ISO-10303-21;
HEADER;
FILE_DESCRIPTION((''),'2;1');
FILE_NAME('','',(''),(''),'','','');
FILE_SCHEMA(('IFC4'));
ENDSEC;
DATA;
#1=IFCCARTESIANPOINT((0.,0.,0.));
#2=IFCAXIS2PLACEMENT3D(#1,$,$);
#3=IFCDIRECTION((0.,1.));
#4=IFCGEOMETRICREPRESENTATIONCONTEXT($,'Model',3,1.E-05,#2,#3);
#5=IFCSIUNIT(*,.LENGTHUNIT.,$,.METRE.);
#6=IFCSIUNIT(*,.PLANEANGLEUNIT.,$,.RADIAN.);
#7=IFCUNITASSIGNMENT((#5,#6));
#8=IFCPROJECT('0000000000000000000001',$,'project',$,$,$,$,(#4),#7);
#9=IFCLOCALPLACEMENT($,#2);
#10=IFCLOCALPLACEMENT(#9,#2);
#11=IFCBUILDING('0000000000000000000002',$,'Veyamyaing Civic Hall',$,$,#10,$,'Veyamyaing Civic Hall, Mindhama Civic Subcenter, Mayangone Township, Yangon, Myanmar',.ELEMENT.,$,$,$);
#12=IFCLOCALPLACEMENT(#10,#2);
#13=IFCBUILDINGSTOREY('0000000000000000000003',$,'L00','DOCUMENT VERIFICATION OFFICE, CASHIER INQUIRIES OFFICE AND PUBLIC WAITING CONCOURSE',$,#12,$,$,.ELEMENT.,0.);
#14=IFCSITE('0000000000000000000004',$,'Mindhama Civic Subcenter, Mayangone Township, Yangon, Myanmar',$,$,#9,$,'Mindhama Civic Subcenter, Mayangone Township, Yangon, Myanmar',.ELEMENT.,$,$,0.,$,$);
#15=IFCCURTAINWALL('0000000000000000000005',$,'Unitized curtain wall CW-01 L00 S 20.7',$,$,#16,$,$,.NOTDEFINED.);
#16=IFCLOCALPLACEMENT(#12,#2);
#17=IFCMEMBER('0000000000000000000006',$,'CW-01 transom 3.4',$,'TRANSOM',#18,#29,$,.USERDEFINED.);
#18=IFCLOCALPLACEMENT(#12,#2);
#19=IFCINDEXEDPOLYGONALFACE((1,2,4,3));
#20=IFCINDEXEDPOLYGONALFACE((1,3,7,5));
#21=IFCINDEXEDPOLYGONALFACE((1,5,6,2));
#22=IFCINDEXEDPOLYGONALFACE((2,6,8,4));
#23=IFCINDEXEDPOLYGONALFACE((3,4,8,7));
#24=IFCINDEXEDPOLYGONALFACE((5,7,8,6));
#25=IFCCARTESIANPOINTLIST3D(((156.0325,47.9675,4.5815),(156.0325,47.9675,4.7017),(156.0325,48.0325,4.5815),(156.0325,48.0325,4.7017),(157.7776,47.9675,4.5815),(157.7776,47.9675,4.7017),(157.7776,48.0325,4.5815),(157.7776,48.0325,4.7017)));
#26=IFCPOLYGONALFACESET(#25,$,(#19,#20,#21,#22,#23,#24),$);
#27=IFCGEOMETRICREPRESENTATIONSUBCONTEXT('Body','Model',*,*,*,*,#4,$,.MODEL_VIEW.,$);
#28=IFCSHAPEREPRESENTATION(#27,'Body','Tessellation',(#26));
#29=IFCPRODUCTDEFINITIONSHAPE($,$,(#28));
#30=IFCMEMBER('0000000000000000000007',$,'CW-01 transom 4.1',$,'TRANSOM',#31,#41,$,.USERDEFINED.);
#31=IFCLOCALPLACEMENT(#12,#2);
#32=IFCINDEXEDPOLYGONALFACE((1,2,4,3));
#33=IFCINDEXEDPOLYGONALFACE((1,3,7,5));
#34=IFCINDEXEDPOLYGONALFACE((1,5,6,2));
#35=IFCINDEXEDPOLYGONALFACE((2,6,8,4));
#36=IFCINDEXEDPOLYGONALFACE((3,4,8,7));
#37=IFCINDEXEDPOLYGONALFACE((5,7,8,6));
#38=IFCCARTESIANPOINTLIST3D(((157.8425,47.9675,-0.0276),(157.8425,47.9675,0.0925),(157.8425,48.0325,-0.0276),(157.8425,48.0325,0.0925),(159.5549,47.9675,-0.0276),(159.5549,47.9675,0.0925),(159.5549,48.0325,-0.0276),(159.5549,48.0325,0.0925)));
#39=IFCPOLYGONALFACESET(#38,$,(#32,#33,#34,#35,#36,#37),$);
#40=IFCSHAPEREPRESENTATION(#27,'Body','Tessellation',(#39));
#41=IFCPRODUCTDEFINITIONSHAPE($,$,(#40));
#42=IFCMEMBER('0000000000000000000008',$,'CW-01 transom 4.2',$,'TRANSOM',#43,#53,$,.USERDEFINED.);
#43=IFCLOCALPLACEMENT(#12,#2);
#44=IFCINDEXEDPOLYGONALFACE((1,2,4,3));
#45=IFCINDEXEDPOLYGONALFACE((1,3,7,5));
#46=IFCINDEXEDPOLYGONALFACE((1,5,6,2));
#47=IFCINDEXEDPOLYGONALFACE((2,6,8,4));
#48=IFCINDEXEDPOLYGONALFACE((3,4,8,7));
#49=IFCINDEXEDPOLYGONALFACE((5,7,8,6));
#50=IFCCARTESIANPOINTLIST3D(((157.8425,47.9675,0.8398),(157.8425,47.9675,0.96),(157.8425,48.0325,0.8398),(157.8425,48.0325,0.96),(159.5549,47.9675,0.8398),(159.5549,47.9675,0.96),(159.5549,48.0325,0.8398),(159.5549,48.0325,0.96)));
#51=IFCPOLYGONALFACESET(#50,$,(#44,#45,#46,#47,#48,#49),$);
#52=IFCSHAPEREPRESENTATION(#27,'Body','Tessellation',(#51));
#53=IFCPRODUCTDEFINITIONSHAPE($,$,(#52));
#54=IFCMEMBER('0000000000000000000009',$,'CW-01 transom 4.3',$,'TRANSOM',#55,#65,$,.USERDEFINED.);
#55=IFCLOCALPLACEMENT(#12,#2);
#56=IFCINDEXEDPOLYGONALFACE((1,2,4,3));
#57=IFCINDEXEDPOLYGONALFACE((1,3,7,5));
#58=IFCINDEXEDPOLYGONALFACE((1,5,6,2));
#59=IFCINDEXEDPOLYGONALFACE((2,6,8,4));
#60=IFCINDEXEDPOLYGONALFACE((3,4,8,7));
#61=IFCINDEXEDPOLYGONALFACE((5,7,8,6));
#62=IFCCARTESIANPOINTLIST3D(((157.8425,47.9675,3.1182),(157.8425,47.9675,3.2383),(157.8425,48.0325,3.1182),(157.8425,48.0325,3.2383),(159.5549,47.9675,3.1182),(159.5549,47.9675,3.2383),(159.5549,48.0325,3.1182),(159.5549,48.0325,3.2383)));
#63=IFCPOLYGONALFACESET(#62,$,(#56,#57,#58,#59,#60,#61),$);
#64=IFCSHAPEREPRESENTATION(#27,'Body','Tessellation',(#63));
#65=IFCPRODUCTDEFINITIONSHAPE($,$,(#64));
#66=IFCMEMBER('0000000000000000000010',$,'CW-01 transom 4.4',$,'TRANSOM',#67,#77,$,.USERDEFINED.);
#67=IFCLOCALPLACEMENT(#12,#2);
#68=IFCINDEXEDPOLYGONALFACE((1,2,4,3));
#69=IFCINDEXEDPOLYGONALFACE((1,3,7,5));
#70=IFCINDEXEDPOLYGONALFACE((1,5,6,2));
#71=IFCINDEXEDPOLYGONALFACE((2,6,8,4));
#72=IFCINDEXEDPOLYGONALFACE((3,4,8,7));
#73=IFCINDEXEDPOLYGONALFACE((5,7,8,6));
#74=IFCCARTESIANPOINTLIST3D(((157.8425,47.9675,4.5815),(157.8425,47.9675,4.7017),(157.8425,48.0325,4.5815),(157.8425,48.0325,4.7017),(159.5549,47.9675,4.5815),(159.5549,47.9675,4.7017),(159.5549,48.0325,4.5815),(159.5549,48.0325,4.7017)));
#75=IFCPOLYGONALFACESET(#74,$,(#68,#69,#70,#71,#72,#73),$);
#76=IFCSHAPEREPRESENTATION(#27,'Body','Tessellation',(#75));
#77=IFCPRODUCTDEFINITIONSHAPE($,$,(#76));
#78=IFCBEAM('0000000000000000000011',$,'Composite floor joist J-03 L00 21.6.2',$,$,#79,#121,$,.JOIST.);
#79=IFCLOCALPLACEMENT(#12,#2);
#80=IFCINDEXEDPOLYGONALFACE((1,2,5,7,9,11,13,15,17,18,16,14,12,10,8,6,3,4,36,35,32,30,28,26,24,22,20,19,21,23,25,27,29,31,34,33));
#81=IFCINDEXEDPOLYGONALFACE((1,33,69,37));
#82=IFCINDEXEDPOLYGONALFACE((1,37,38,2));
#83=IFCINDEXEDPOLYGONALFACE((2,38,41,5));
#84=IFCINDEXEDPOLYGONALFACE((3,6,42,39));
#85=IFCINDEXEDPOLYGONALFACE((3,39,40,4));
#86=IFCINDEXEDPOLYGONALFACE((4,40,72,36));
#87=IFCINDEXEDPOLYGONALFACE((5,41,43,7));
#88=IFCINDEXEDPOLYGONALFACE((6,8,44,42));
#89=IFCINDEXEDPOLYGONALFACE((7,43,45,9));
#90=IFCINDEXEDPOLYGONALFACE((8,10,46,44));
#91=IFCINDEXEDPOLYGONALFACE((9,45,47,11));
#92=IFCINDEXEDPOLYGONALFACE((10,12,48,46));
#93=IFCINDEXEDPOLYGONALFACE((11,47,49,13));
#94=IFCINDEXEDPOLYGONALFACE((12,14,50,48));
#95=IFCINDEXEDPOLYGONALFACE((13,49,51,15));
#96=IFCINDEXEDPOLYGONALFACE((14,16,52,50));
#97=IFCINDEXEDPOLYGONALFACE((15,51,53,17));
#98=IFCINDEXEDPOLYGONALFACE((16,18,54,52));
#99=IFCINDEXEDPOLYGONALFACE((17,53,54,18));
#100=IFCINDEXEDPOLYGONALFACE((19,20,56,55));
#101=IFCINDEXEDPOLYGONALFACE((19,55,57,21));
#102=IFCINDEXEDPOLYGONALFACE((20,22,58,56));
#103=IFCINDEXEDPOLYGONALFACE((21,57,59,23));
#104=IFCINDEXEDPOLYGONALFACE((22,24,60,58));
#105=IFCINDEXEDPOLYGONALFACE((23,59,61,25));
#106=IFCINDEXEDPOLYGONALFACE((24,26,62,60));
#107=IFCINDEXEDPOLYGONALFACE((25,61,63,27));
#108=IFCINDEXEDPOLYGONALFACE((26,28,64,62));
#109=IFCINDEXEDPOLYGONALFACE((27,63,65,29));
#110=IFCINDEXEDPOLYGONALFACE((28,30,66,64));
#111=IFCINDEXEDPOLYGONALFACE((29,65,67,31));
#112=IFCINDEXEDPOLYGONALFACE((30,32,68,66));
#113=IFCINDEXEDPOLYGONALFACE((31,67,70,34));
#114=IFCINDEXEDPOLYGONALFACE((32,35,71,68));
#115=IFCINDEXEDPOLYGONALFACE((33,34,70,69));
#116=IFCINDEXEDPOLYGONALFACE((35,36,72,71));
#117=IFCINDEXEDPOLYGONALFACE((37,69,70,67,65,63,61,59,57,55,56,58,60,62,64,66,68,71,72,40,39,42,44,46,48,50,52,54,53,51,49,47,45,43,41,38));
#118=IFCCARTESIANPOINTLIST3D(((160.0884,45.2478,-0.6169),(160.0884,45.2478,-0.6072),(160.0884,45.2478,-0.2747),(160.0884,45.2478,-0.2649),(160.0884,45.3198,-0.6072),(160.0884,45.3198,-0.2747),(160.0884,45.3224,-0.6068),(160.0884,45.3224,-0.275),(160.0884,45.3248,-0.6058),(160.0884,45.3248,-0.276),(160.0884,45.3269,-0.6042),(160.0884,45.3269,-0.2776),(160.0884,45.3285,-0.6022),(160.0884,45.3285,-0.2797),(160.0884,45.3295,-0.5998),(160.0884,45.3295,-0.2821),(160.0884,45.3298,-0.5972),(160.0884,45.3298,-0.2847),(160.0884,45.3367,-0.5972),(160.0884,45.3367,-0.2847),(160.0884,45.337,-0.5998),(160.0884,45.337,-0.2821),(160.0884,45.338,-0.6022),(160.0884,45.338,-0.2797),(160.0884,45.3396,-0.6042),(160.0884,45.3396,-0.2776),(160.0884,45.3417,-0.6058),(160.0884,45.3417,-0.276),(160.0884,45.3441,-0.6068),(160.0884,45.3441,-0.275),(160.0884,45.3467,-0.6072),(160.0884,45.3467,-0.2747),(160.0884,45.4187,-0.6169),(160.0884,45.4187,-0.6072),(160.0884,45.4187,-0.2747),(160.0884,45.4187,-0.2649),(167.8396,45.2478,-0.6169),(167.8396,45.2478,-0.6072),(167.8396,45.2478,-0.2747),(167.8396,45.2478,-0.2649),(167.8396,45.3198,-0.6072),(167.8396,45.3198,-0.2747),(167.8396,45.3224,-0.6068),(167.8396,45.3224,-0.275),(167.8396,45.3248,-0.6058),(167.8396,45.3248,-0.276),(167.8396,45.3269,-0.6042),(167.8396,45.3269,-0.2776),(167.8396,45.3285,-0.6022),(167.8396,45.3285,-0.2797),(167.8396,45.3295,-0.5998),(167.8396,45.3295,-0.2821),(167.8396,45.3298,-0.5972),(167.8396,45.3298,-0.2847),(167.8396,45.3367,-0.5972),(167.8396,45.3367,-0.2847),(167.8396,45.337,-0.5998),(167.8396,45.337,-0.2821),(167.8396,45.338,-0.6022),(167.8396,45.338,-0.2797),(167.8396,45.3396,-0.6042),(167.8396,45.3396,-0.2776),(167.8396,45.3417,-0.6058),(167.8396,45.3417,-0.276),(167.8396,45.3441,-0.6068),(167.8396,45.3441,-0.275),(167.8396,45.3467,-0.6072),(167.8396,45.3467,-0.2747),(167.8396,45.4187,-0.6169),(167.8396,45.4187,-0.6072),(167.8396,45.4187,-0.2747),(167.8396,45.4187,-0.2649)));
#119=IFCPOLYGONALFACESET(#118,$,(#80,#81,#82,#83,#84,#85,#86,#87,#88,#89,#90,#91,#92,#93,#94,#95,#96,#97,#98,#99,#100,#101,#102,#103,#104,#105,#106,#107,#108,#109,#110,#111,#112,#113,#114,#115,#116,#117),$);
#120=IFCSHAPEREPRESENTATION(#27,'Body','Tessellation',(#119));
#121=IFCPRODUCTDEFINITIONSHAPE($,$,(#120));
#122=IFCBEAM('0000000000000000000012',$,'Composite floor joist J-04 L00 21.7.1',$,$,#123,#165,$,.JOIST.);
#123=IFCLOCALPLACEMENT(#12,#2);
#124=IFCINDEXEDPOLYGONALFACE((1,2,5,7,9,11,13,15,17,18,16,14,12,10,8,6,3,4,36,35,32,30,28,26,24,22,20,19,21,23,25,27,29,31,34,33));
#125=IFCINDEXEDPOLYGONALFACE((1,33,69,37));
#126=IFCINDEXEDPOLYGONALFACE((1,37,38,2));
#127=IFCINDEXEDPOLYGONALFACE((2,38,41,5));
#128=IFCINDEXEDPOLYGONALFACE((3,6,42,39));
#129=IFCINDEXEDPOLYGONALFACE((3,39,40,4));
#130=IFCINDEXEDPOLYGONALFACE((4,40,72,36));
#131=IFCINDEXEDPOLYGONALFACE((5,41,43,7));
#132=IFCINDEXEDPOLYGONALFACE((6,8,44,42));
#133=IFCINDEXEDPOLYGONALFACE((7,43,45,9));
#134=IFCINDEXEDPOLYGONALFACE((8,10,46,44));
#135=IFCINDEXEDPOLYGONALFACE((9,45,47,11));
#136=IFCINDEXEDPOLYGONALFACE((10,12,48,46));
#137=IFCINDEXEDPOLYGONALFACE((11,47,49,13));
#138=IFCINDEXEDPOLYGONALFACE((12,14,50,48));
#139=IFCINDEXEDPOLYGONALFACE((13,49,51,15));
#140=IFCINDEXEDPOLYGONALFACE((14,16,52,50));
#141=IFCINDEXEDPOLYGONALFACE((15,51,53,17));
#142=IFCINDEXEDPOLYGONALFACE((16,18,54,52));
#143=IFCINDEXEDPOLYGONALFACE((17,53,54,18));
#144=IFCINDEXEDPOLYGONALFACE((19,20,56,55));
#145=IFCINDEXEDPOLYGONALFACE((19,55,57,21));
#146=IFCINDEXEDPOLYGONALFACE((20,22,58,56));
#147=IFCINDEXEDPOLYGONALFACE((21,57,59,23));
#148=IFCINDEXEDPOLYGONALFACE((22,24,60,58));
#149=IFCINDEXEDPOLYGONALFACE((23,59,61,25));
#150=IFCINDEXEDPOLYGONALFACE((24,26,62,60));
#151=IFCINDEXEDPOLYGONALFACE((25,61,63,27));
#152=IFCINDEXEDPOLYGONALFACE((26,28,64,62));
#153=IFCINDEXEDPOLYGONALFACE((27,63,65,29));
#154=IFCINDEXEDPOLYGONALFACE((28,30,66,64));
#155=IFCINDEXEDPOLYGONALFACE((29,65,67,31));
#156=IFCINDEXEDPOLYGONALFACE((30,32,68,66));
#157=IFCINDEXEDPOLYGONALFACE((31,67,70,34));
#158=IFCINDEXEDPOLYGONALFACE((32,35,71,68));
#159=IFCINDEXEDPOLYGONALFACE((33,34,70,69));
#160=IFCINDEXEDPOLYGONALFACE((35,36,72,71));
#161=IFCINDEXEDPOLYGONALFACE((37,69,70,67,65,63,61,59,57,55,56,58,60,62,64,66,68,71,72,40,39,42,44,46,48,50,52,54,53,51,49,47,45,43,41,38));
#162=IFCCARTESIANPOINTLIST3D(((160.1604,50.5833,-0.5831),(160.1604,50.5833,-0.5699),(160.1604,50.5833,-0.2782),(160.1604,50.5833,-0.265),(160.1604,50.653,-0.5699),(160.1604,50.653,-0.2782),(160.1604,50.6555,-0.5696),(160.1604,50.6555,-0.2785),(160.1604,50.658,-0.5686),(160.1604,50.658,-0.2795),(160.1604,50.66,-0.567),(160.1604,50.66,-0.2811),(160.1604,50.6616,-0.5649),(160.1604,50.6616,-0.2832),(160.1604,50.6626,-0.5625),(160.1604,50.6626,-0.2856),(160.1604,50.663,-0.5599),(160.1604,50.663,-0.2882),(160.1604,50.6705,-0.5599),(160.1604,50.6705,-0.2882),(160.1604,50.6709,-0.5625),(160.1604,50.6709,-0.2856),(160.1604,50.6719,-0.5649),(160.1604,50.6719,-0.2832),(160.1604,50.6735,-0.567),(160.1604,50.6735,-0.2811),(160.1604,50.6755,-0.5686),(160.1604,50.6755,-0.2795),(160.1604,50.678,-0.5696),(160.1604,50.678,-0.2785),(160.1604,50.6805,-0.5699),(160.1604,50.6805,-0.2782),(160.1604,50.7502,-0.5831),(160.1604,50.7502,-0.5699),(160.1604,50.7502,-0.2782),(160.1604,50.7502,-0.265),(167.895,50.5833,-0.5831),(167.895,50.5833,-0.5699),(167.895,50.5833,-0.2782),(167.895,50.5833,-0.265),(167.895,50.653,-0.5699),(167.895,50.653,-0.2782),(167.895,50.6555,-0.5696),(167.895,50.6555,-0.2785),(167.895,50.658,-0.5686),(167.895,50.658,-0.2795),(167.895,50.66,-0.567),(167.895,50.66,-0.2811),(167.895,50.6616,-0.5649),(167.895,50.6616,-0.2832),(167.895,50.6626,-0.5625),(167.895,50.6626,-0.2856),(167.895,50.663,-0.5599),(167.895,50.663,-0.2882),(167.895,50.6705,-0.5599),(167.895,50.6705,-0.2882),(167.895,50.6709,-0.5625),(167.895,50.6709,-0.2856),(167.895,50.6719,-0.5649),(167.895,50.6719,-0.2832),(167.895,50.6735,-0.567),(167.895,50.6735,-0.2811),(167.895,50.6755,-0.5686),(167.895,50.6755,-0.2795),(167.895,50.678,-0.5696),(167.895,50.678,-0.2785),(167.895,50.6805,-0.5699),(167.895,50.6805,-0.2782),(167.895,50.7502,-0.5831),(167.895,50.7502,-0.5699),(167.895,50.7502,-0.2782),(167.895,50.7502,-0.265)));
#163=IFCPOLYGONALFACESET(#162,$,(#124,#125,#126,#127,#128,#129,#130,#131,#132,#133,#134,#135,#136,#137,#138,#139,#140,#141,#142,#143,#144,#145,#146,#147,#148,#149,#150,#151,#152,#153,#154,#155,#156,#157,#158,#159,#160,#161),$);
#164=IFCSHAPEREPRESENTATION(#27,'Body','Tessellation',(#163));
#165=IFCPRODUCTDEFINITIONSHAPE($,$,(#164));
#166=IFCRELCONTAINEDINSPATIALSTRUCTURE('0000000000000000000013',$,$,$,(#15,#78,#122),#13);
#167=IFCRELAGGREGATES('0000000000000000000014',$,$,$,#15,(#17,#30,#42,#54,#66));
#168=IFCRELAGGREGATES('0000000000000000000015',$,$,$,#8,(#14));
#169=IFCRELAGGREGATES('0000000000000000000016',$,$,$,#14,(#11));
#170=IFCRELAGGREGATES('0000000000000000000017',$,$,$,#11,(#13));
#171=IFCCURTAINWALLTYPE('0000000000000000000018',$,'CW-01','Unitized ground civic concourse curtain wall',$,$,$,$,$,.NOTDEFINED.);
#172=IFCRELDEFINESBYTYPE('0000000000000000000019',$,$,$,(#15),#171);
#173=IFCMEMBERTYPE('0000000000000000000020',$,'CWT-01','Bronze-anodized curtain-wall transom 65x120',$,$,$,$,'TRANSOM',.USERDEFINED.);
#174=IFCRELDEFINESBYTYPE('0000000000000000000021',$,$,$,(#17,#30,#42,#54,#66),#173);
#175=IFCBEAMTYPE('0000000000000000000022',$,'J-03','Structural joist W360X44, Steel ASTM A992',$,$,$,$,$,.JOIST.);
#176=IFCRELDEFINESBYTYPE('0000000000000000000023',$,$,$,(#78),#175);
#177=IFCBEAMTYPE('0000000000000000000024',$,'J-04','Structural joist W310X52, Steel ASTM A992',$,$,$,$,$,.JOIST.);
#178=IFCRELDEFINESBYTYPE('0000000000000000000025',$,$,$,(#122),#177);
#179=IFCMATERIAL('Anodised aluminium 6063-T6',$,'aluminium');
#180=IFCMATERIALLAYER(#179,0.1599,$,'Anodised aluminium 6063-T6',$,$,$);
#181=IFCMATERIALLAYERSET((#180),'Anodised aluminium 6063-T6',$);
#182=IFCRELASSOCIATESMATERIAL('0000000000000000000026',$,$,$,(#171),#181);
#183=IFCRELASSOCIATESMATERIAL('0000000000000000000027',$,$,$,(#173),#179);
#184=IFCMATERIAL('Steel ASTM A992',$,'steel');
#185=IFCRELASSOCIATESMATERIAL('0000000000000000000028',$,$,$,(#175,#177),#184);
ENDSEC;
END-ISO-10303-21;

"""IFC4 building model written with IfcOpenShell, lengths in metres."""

from ifc_helpers import new_model, si_unit, direction, frame, origin, origin_2d, place, context, subcontext, project, spatial, rectangle, i_section, extrude, material, layer, layer_set, material_profile, profile_set, type_object, element, aggregate, save


model = new_model("IFC4")

# Units and contexts
model_context = context("Model", 3, precision=1e-05, world=origin(), true_north=direction((0.0, 1.0)))
body_context = subcontext(model_context, "Body", "Model", "MODEL_VIEW")
ifc_project = project(units=[si_unit("LENGTHUNIT", "METRE"), si_unit("PLANEANGLEUNIT", "RADIAN")], contexts=[model_context])

# Site, building, storey
site_placement = place(None, origin())
site = spatial("IfcSite", under=ifc_project, at=site_placement, Name="Mindhama Civic Subcenter, Mayangone Township, Yangon, Myanmar", LongName="Mindhama Civic Subcenter, Mayangone Township, Yangon, Myanmar", CompositionType="ELEMENT", RefElevation=0.0)
building_placement = place(site_placement, origin())
building = spatial("IfcBuilding", under=site, at=building_placement, Name="Veyamyaing Civic Hall", LongName="Veyamyaing Civic Hall, Mindhama Civic Subcenter, Mayangone Township, Yangon, Myanmar", CompositionType="ELEMENT")
storey_placement = place(building_placement, origin())
storey = spatial("IfcBuildingStorey", under=building, at=storey_placement, Name="L00", Description="DOCUMENT VERIFICATION OFFICE, CASHIER INQUIRIES OFFICE AND PUBLIC WAITING CONCOURSE", CompositionType="ELEMENT", Elevation=0.0)

# Shared definitions
ifc_material_1 = material(Name="Steel ASTM A992", Category="steel")

# Curtain wall, members
ifc_material_2 = material(Name="Anodised aluminium 6063-T6", Category="aluminium")
ifc_layer_1 = layer(ifc_material_2, 0.1599, Name="Anodised aluminium 6063-T6")
ifc_layer_set_1 = layer_set([ifc_layer_1], Name="Anodised aluminium 6063-T6")
curtain_wall_type = type_object("IfcCurtainWallType", Name="CW-01", Description="Unitized ground civic concourse curtain wall", PredefinedType="NOTDEFINED", material=ifc_layer_set_1)
curtain_wall_placement = place(storey_placement, origin())
curtain_wall = element("IfcCurtainWall", 1, at=curtain_wall_placement, inside=storey, type_object=curtain_wall_type, Name="Unitized curtain wall CW-01 L00 S 20.7", PredefinedType="NOTDEFINED")
ifc_material_profile_1 = material_profile(ifc_material_2, rectangle(XDim=0.0649, YDim=0.1201, at=origin_2d()), Name="ALU-TRN-65X120")
ifc_profile_set_1 = profile_set([ifc_material_profile_1], Name="Anodised aluminium 6063-T6")
member_type_1 = type_object("IfcMemberType", Name="CWT-01", Description="Bronze-anodized curtain-wall transom 65x120", ElementType="TRANSOM", PredefinedType="USERDEFINED", material=ifc_profile_set_1)
member_1_placement = place(storey_placement, frame((156.0325, 48.0, 4.6416), z_axis=(1.0, 0.0, 0.0), x_axis=(0.0, 1.0, 0.0)))
member_1 = element("IfcMember", 2, at=member_1_placement, type_object=member_type_1, Name="CW-01 transom 3.4", ObjectType="TRANSOM", PredefinedType="USERDEFINED", context=body_context, shape_type="SweptSolid", body=[
    extrude(rectangle(XDim=0.0649, YDim=0.1201, at=origin_2d()), origin(), (0.0, 0.0, 1.0), 1.7451),
])
member_2_placement = place(storey_placement, frame((157.8425, 48.0, 0.0325), z_axis=(1.0, 0.0, 0.0), x_axis=(0.0, 1.0, 0.0)))
member_2 = element("IfcMember", 3, at=member_2_placement, type_object=member_type_1, Name="CW-01 transom 4.1", ObjectType="TRANSOM", PredefinedType="USERDEFINED", context=body_context, shape_type="SweptSolid", body=[
    extrude(rectangle(XDim=0.0649, YDim=0.1201, at=origin_2d()), origin(), (0.0, 0.0, 1.0), 1.7124),
])
member_3_placement = place(storey_placement, frame((157.8425, 48.0, 0.8999), z_axis=(1.0, 0.0, 0.0), x_axis=(0.0, 1.0, 0.0)))
member_3 = element("IfcMember", 4, at=member_3_placement, type_object=member_type_1, Name="CW-01 transom 4.2", ObjectType="TRANSOM", PredefinedType="USERDEFINED", context=body_context, shape_type="SweptSolid", body=[
    extrude(rectangle(XDim=0.0649, YDim=0.1201, at=origin_2d()), origin(), (0.0, 0.0, 1.0), 1.7124),
])
member_4_placement = place(storey_placement, frame((157.8425, 48.0, 3.1782), z_axis=(1.0, 0.0, 0.0), x_axis=(0.0, 1.0, 0.0)))
member_4 = element("IfcMember", 5, at=member_4_placement, type_object=member_type_1, Name="CW-01 transom 4.3", ObjectType="TRANSOM", PredefinedType="USERDEFINED", context=body_context, shape_type="SweptSolid", body=[
    extrude(rectangle(XDim=0.0649, YDim=0.1201, at=origin_2d()), origin(), (0.0, 0.0, 1.0), 1.7124),
])
member_5_placement = place(storey_placement, frame((157.8425, 48.0, 4.6416), z_axis=(1.0, 0.0, 0.0), x_axis=(0.0, 1.0, 0.0)))
member_5 = element("IfcMember", 6, at=member_5_placement, type_object=member_type_1, Name="CW-01 transom 4.4", ObjectType="TRANSOM", PredefinedType="USERDEFINED", context=body_context, shape_type="SweptSolid", body=[
    extrude(rectangle(XDim=0.0649, YDim=0.1201, at=origin_2d()), origin(), (0.0, 0.0, 1.0), 1.7124),
])

# Beams
ifc_material_profile_2 = material_profile(ifc_material_1, i_section(OverallWidth=0.1709, OverallDepth=0.3521, WebThickness=0.0068, FlangeThickness=0.0098, FilletRadius=0.01, at=origin_2d()), Name="W360X44")
ifc_profile_set_2 = profile_set([ifc_material_profile_2], Name="Steel ASTM A992")
beam_type_1 = type_object("IfcBeamType", Name="J-03", Description="Structural joist W360X44, Steel ASTM A992", PredefinedType="JOIST", material=ifc_profile_set_2)
beam_1_placement = place(storey_placement, frame((160.0884, 45.3333, -0.4409), z_axis=(1.0, 0.0, 0.0), x_axis=(0.0, 1.0, 0.0)))
element("IfcBeam", 7, at=beam_1_placement, inside=storey, type_object=beam_type_1, Name="Composite floor joist J-03 L00 21.6.2", PredefinedType="JOIST", context=body_context, shape_type="SweptSolid", body=[
    extrude(i_section(OverallWidth=0.1709, OverallDepth=0.3521, WebThickness=0.0068, FlangeThickness=0.0098, FilletRadius=0.01, at=origin_2d()), origin(), (0.0, 0.0, 1.0), 7.7512),
])
ifc_material_profile_3 = material_profile(ifc_material_1, i_section(OverallWidth=0.167, OverallDepth=0.3181, WebThickness=0.0076, FlangeThickness=0.0132, FilletRadius=0.01, at=origin_2d()), Name="W310X52")
ifc_profile_set_3 = profile_set([ifc_material_profile_3], Name="Steel ASTM A992")
beam_type_2 = type_object("IfcBeamType", Name="J-04", Description="Structural joist W310X52, Steel ASTM A992", PredefinedType="JOIST", material=ifc_profile_set_3)
for number, where, z_axis, x_axis, name in (
    (8, (160.1604, 50.6667, -0.4241), (1.0, 0.0, 0.0), (0.0, 1.0, 0.0), "Composite floor joist J-04 L00 21.7.1"),
):
    element("IfcBeam", number, at=place(storey_placement, frame(where, z_axis=z_axis, x_axis=x_axis)), inside=storey, type_object=beam_type_2, Name=name, PredefinedType="JOIST", context=body_context, shape_type="SweptSolid", body=[
        extrude(i_section(OverallWidth=0.167, OverallDepth=0.3181, WebThickness=0.0076, FlangeThickness=0.0132, FilletRadius=0.01, at=origin_2d()), origin(), (0.0, 0.0, 1.0), 7.7346),
    ])

aggregate(curtain_wall, [member_1, member_2, member_3, member_4, member_5])

save(model, "model.ifc")
